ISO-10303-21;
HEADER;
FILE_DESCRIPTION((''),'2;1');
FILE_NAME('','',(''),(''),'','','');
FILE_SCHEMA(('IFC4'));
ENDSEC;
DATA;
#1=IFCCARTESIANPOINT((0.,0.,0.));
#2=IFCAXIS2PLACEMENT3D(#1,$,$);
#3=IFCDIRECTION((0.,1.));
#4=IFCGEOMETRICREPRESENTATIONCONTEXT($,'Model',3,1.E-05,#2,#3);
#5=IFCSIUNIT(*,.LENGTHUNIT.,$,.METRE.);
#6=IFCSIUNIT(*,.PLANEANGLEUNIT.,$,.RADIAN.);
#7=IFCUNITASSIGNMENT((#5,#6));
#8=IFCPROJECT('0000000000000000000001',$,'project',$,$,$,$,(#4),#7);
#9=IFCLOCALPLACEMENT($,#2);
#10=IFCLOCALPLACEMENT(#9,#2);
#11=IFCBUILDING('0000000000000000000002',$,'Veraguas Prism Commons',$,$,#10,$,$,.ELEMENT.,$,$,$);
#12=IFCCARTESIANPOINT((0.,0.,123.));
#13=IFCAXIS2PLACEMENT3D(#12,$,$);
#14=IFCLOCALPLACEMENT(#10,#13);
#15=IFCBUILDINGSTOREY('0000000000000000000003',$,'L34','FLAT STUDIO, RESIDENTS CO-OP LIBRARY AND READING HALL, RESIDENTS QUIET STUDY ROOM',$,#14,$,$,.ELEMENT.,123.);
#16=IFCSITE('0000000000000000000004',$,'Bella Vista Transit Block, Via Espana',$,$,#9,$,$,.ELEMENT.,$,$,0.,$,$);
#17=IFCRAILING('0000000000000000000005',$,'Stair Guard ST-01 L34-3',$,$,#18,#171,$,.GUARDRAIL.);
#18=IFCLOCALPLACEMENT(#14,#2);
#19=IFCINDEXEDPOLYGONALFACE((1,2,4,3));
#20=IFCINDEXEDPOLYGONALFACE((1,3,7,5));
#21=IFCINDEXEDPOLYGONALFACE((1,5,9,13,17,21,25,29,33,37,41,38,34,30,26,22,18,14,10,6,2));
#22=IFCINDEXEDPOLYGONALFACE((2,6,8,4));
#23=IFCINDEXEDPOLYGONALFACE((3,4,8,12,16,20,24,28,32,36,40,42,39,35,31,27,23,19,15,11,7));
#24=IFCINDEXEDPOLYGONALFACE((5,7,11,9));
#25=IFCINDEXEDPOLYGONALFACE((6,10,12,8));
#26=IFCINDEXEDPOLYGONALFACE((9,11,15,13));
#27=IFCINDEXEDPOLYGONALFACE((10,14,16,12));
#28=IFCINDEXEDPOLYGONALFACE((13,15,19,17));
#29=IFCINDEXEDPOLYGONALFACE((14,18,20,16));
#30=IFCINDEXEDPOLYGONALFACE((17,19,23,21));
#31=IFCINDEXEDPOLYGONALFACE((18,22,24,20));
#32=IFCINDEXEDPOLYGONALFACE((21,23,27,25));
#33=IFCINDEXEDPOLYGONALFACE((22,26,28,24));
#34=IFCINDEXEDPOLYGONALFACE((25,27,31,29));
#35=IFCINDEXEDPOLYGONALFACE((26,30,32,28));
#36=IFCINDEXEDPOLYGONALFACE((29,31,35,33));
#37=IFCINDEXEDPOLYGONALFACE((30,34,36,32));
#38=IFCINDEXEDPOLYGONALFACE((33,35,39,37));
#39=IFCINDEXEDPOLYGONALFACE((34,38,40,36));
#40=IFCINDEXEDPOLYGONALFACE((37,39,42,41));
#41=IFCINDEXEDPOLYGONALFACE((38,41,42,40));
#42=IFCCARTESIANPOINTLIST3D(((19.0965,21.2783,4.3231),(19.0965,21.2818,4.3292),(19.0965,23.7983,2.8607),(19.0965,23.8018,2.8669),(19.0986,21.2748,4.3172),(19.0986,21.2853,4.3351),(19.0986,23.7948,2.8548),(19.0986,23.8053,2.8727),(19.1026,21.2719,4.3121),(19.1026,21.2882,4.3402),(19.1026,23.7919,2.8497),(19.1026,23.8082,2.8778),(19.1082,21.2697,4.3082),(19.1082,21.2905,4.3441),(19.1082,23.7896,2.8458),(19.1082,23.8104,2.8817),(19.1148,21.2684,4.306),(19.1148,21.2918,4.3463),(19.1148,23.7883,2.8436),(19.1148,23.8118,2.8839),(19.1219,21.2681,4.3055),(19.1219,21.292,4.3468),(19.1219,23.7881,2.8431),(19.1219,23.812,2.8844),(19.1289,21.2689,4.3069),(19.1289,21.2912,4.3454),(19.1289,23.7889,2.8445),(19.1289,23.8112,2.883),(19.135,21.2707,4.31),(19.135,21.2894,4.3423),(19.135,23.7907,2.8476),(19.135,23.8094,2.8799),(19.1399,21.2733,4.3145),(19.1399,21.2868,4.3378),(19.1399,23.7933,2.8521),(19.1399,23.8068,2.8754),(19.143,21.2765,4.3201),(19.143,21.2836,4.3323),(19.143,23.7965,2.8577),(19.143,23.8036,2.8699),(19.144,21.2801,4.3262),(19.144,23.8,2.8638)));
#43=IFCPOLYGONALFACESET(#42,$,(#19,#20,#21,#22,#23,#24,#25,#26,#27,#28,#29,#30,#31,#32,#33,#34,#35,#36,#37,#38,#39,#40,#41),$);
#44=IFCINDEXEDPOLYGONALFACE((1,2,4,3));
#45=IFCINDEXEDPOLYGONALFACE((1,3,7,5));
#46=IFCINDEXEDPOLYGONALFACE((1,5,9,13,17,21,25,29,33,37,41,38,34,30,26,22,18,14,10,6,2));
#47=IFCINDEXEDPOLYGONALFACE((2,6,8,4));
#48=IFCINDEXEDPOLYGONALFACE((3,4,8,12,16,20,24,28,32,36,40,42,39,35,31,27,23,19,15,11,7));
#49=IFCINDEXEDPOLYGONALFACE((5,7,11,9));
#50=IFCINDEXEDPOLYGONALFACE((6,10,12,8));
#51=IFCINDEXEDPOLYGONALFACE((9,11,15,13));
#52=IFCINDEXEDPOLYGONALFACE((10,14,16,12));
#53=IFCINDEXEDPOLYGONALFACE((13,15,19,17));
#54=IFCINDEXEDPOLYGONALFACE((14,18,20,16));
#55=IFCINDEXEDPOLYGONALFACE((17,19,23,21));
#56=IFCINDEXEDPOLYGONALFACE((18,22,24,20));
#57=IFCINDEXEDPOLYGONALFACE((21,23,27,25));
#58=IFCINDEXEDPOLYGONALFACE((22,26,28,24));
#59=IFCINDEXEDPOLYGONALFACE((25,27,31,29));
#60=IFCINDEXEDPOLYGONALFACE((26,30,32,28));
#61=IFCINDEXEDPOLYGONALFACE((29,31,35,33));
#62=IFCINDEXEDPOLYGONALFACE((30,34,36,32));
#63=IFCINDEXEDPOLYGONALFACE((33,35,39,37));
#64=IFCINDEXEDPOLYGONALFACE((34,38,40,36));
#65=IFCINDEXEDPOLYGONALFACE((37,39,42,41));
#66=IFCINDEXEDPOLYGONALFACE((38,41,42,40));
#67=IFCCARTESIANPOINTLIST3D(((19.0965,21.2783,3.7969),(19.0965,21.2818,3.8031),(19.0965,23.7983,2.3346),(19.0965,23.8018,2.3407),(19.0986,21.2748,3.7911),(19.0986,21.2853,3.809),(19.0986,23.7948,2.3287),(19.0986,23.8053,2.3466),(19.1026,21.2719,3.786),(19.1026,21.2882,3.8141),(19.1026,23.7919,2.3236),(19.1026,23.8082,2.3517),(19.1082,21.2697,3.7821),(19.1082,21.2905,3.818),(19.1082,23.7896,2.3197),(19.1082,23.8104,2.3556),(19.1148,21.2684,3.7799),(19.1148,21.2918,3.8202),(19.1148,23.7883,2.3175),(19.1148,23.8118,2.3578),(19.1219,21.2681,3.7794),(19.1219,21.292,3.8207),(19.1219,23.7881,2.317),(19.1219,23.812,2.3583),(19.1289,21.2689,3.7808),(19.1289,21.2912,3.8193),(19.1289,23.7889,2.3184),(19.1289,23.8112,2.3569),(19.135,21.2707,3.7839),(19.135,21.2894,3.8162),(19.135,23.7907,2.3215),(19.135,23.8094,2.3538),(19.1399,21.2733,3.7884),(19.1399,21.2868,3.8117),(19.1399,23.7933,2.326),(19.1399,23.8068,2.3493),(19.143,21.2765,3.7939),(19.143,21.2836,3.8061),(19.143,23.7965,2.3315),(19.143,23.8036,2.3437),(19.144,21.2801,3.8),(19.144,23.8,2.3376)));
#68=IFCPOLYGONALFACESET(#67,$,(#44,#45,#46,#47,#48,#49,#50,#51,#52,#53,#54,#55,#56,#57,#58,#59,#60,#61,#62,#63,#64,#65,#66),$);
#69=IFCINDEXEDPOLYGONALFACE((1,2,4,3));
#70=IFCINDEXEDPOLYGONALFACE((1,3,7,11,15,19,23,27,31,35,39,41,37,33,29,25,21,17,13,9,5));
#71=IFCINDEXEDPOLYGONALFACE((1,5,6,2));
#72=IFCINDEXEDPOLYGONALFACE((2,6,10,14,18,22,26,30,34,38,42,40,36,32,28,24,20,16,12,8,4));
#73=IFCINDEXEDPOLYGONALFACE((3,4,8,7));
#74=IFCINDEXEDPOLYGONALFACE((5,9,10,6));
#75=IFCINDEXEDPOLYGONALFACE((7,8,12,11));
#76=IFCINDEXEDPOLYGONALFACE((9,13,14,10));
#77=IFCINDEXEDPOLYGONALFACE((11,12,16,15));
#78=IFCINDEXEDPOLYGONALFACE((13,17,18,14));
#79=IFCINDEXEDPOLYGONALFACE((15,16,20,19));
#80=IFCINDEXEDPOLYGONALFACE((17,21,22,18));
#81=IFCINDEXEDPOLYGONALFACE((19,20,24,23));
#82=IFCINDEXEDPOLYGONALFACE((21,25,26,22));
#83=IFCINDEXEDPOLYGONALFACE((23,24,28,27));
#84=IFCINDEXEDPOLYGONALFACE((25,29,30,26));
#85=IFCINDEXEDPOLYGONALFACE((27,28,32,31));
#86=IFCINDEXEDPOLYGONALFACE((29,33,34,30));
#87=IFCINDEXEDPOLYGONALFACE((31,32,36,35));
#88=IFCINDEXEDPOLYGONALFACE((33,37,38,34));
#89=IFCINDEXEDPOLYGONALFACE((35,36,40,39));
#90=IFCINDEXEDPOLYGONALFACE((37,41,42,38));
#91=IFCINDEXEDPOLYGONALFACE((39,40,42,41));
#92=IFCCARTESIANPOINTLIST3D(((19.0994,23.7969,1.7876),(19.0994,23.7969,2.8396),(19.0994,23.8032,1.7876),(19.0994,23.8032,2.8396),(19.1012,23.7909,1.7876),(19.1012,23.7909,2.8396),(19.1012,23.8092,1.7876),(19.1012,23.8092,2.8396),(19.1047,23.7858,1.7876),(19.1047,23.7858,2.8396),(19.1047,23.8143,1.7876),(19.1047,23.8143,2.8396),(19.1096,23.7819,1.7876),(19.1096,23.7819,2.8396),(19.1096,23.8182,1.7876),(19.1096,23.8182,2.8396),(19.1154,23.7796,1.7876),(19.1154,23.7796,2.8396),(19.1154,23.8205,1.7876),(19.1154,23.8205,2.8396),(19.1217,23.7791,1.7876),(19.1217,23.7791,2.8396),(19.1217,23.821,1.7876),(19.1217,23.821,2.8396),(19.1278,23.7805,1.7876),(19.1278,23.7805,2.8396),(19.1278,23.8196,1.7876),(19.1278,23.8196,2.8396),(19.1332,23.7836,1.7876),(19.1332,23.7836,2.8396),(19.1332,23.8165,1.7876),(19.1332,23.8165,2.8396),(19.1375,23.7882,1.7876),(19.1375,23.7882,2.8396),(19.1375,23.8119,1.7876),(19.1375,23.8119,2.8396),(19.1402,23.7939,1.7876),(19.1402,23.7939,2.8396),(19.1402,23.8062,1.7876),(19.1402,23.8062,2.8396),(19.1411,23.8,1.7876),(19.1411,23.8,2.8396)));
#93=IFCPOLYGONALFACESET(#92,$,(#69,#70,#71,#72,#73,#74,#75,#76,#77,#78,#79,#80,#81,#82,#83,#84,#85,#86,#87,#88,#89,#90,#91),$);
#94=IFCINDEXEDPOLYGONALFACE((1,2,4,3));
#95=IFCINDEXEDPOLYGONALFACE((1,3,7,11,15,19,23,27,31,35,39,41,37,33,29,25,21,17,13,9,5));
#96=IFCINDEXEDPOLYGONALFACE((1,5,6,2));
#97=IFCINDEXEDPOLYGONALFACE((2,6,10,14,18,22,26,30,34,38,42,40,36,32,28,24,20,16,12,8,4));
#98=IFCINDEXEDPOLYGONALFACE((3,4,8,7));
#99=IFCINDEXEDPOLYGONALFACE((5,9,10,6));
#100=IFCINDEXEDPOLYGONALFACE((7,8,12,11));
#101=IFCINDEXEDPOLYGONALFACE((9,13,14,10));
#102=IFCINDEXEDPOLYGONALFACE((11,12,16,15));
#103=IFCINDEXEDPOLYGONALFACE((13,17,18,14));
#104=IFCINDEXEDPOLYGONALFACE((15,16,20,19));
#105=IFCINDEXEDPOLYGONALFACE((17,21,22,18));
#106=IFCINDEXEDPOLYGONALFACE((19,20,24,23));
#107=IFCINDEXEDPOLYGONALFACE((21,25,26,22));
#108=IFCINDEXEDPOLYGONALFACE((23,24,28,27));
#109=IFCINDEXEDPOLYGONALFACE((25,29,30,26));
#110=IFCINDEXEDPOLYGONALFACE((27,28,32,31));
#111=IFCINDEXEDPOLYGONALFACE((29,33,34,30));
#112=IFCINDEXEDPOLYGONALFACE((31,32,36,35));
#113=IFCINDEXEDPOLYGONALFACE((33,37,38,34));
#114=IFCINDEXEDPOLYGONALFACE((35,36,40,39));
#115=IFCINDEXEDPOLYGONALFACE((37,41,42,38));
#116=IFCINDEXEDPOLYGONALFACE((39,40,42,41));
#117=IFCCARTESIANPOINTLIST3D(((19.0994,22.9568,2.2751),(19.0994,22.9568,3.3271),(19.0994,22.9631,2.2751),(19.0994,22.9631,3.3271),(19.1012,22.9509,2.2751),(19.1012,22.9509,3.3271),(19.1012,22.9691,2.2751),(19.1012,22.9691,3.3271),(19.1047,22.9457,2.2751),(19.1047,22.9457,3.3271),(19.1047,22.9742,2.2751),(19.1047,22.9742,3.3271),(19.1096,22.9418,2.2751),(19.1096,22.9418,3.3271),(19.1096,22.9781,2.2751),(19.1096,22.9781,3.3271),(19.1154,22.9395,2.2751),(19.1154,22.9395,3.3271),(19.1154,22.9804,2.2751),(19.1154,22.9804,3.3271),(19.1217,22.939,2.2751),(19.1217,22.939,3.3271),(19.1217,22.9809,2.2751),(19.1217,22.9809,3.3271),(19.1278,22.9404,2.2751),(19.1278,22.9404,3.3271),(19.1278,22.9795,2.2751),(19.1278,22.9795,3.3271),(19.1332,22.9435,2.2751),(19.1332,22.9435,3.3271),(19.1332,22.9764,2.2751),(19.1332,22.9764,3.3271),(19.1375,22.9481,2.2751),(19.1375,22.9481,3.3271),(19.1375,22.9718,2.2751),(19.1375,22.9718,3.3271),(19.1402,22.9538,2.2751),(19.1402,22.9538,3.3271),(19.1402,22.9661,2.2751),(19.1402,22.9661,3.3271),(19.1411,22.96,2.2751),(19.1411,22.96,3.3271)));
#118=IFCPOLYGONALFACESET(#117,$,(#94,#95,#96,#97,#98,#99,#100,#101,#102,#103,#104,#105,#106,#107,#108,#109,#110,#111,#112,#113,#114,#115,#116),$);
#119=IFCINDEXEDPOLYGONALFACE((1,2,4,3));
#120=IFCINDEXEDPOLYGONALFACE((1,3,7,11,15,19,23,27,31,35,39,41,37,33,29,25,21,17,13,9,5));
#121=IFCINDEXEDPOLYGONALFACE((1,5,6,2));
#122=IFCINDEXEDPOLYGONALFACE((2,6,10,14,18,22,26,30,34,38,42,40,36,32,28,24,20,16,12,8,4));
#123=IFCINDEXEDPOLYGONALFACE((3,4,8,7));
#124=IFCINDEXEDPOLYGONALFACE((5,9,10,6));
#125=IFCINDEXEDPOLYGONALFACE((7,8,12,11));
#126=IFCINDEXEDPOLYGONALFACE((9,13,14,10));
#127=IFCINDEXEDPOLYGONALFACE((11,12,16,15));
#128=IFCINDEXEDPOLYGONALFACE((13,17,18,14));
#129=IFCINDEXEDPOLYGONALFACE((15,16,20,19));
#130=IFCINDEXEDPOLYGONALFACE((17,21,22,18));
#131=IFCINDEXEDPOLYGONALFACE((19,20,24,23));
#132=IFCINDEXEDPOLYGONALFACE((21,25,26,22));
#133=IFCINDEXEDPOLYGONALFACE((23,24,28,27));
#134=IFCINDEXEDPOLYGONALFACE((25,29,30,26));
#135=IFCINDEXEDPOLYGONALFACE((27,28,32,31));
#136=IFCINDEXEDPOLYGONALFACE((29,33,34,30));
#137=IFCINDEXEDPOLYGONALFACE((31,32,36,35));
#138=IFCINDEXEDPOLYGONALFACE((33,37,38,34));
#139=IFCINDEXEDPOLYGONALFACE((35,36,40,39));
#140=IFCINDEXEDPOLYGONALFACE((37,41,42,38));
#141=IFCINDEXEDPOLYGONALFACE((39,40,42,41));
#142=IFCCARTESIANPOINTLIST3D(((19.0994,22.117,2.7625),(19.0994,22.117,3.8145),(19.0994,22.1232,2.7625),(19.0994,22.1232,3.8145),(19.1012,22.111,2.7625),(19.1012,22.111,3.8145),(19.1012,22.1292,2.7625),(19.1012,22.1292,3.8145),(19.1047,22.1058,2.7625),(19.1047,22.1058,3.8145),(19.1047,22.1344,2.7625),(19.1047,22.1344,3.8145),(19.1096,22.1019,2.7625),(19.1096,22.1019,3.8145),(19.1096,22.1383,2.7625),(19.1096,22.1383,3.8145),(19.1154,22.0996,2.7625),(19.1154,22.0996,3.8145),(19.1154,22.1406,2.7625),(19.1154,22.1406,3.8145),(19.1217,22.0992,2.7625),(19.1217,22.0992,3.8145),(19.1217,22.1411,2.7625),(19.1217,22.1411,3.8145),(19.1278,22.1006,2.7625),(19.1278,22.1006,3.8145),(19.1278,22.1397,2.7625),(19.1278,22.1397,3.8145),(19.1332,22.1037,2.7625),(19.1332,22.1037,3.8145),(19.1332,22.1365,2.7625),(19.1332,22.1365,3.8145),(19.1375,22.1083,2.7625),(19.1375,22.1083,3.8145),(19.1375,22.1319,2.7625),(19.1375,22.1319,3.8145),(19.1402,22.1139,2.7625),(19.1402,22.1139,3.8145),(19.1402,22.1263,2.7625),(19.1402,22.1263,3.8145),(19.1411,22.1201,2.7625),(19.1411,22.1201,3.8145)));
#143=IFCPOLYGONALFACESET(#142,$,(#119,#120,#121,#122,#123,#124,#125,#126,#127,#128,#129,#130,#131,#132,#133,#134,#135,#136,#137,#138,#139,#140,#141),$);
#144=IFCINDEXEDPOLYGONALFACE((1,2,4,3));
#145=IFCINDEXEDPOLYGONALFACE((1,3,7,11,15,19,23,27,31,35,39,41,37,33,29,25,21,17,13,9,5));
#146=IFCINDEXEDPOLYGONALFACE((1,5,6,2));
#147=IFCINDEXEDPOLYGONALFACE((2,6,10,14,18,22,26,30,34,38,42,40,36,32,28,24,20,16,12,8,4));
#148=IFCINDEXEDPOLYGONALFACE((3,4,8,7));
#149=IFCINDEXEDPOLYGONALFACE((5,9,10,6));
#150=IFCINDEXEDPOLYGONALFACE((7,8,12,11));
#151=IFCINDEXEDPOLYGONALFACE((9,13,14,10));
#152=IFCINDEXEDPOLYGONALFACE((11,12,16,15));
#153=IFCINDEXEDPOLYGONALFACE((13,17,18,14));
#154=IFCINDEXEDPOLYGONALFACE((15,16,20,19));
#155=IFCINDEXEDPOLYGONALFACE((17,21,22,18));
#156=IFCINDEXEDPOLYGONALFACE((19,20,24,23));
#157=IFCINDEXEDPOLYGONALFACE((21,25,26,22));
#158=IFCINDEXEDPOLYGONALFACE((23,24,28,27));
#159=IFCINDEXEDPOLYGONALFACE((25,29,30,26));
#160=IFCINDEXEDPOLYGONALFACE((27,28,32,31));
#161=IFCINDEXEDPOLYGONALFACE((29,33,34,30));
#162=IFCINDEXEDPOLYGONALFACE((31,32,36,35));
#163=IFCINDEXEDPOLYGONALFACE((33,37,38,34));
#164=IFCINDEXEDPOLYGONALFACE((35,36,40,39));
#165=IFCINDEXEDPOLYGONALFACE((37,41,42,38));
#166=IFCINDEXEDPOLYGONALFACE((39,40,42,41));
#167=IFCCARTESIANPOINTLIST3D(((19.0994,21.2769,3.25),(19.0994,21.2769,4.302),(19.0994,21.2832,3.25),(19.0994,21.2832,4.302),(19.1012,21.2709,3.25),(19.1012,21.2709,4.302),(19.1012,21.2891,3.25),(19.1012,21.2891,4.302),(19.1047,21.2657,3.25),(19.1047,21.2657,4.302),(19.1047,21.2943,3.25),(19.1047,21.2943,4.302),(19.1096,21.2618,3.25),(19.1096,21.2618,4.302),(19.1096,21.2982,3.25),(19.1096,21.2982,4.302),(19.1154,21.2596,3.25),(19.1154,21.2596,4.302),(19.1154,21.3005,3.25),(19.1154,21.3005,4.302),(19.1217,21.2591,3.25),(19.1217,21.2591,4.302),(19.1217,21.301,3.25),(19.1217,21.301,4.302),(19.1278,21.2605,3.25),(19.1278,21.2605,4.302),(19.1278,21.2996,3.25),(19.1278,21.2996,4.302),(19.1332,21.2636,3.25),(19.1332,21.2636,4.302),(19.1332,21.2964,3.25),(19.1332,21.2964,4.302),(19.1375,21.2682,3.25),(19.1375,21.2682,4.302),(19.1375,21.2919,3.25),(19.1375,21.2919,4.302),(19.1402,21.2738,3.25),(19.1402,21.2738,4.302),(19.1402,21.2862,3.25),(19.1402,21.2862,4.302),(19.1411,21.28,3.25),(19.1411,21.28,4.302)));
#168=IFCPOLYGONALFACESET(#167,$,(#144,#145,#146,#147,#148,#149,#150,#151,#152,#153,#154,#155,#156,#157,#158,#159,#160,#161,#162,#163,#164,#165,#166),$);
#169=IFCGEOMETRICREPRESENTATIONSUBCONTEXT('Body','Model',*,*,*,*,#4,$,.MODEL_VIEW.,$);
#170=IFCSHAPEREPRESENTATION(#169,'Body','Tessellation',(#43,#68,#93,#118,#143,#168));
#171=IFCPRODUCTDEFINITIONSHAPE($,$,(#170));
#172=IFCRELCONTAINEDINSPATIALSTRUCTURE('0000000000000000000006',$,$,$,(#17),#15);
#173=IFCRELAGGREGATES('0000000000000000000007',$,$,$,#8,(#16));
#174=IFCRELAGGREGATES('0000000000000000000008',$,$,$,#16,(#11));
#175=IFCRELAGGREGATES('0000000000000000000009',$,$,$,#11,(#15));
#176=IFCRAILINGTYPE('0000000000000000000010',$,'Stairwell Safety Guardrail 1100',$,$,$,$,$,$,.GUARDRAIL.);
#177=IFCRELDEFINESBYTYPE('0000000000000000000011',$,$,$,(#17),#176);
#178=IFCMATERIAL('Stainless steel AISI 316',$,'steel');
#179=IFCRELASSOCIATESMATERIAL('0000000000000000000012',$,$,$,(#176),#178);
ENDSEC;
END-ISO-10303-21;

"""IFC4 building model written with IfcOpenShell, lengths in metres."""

from ifc_helpers import new_model, si_unit, direction, frame, origin, origin_2d, place, context, subcontext, project, spatial, circle, extrude, material, type_object, element, save


model = new_model("IFC4")

# Units and contexts
model_context = context("Model", 3, precision=1e-05, world=origin(), true_north=direction((0.0, 1.0)))
body_context = subcontext(model_context, "Body", "Model", "MODEL_VIEW")
ifc_project = project(units=[si_unit("LENGTHUNIT", "METRE"), si_unit("PLANEANGLEUNIT", "RADIAN")], contexts=[model_context])

# Site, building, storey
site_placement = place(None, origin())
site = spatial("IfcSite", under=ifc_project, at=site_placement, Name="Bella Vista Transit Block, Via Espana", CompositionType="ELEMENT", RefElevation=0.0)
building_placement = place(site_placement, origin())
building = spatial("IfcBuilding", under=site, at=building_placement, Name="Veraguas Prism Commons", CompositionType="ELEMENT")
storey_placement = place(building_placement, frame((0.0, 0.0, 123.0)))
storey = spatial("IfcBuildingStorey", under=building, at=storey_placement, Name="L34", Description="FLAT STUDIO, RESIDENTS CO-OP LIBRARY AND READING HALL, RESIDENTS QUIET STUDY ROOM", CompositionType="ELEMENT", Elevation=123.0)

# Railing
ifc_material_1 = material(Name="Stainless steel AISI 316", Category="steel")
railing_type_1 = type_object("IfcRailingType", Name="Stairwell Safety Guardrail 1100", PredefinedType="GUARDRAIL", material=ifc_material_1)
railing_1_placement = place(storey_placement, frame((19.1201, 23.8, 1.7876)))
element("IfcRailing", 1, at=railing_1_placement, inside=storey, type_object=railing_type_1, Name="Stair Guard ST-01 L34-3", PredefinedType="GUARDRAIL", context=body_context, shape_type="SweptSolid", body=[
    extrude(circle(Radius=0.0239, at=origin_2d()), frame((0.0, 0.0, 1.0762), z_axis=(0.0, -0.864913, 0.501921), x_axis=(1.0, 0.0, 0.0)), (0.0, 0.0, 1.0), 2.9136),
    extrude(circle(Radius=0.0239, at=origin_2d()), frame((0.0, 0.0, 0.55), z_axis=(0.0, -0.864913, 0.501921), x_axis=(1.0, 0.0, 0.0)), (0.0, 0.0, 1.0), 2.9136),
    extrude(circle(Radius=0.021, at=origin_2d()), origin(), (0.0, 0.0, 1.0), 1.052),
    extrude(circle(Radius=0.021, at=origin_2d()), frame((0.0, -0.8401, 0.4875)), (0.0, 0.0, 1.0), 1.052),
    extrude(circle(Radius=0.021, at=origin_2d()), frame((0.0, -1.6799, 0.9749)), (0.0, 0.0, 1.0), 1.052),
    extrude(circle(Radius=0.021, at=origin_2d()), frame((0.0, -2.52, 1.4624)), (0.0, 0.0, 1.0), 1.052),
])

save(model, "model.ifc")
